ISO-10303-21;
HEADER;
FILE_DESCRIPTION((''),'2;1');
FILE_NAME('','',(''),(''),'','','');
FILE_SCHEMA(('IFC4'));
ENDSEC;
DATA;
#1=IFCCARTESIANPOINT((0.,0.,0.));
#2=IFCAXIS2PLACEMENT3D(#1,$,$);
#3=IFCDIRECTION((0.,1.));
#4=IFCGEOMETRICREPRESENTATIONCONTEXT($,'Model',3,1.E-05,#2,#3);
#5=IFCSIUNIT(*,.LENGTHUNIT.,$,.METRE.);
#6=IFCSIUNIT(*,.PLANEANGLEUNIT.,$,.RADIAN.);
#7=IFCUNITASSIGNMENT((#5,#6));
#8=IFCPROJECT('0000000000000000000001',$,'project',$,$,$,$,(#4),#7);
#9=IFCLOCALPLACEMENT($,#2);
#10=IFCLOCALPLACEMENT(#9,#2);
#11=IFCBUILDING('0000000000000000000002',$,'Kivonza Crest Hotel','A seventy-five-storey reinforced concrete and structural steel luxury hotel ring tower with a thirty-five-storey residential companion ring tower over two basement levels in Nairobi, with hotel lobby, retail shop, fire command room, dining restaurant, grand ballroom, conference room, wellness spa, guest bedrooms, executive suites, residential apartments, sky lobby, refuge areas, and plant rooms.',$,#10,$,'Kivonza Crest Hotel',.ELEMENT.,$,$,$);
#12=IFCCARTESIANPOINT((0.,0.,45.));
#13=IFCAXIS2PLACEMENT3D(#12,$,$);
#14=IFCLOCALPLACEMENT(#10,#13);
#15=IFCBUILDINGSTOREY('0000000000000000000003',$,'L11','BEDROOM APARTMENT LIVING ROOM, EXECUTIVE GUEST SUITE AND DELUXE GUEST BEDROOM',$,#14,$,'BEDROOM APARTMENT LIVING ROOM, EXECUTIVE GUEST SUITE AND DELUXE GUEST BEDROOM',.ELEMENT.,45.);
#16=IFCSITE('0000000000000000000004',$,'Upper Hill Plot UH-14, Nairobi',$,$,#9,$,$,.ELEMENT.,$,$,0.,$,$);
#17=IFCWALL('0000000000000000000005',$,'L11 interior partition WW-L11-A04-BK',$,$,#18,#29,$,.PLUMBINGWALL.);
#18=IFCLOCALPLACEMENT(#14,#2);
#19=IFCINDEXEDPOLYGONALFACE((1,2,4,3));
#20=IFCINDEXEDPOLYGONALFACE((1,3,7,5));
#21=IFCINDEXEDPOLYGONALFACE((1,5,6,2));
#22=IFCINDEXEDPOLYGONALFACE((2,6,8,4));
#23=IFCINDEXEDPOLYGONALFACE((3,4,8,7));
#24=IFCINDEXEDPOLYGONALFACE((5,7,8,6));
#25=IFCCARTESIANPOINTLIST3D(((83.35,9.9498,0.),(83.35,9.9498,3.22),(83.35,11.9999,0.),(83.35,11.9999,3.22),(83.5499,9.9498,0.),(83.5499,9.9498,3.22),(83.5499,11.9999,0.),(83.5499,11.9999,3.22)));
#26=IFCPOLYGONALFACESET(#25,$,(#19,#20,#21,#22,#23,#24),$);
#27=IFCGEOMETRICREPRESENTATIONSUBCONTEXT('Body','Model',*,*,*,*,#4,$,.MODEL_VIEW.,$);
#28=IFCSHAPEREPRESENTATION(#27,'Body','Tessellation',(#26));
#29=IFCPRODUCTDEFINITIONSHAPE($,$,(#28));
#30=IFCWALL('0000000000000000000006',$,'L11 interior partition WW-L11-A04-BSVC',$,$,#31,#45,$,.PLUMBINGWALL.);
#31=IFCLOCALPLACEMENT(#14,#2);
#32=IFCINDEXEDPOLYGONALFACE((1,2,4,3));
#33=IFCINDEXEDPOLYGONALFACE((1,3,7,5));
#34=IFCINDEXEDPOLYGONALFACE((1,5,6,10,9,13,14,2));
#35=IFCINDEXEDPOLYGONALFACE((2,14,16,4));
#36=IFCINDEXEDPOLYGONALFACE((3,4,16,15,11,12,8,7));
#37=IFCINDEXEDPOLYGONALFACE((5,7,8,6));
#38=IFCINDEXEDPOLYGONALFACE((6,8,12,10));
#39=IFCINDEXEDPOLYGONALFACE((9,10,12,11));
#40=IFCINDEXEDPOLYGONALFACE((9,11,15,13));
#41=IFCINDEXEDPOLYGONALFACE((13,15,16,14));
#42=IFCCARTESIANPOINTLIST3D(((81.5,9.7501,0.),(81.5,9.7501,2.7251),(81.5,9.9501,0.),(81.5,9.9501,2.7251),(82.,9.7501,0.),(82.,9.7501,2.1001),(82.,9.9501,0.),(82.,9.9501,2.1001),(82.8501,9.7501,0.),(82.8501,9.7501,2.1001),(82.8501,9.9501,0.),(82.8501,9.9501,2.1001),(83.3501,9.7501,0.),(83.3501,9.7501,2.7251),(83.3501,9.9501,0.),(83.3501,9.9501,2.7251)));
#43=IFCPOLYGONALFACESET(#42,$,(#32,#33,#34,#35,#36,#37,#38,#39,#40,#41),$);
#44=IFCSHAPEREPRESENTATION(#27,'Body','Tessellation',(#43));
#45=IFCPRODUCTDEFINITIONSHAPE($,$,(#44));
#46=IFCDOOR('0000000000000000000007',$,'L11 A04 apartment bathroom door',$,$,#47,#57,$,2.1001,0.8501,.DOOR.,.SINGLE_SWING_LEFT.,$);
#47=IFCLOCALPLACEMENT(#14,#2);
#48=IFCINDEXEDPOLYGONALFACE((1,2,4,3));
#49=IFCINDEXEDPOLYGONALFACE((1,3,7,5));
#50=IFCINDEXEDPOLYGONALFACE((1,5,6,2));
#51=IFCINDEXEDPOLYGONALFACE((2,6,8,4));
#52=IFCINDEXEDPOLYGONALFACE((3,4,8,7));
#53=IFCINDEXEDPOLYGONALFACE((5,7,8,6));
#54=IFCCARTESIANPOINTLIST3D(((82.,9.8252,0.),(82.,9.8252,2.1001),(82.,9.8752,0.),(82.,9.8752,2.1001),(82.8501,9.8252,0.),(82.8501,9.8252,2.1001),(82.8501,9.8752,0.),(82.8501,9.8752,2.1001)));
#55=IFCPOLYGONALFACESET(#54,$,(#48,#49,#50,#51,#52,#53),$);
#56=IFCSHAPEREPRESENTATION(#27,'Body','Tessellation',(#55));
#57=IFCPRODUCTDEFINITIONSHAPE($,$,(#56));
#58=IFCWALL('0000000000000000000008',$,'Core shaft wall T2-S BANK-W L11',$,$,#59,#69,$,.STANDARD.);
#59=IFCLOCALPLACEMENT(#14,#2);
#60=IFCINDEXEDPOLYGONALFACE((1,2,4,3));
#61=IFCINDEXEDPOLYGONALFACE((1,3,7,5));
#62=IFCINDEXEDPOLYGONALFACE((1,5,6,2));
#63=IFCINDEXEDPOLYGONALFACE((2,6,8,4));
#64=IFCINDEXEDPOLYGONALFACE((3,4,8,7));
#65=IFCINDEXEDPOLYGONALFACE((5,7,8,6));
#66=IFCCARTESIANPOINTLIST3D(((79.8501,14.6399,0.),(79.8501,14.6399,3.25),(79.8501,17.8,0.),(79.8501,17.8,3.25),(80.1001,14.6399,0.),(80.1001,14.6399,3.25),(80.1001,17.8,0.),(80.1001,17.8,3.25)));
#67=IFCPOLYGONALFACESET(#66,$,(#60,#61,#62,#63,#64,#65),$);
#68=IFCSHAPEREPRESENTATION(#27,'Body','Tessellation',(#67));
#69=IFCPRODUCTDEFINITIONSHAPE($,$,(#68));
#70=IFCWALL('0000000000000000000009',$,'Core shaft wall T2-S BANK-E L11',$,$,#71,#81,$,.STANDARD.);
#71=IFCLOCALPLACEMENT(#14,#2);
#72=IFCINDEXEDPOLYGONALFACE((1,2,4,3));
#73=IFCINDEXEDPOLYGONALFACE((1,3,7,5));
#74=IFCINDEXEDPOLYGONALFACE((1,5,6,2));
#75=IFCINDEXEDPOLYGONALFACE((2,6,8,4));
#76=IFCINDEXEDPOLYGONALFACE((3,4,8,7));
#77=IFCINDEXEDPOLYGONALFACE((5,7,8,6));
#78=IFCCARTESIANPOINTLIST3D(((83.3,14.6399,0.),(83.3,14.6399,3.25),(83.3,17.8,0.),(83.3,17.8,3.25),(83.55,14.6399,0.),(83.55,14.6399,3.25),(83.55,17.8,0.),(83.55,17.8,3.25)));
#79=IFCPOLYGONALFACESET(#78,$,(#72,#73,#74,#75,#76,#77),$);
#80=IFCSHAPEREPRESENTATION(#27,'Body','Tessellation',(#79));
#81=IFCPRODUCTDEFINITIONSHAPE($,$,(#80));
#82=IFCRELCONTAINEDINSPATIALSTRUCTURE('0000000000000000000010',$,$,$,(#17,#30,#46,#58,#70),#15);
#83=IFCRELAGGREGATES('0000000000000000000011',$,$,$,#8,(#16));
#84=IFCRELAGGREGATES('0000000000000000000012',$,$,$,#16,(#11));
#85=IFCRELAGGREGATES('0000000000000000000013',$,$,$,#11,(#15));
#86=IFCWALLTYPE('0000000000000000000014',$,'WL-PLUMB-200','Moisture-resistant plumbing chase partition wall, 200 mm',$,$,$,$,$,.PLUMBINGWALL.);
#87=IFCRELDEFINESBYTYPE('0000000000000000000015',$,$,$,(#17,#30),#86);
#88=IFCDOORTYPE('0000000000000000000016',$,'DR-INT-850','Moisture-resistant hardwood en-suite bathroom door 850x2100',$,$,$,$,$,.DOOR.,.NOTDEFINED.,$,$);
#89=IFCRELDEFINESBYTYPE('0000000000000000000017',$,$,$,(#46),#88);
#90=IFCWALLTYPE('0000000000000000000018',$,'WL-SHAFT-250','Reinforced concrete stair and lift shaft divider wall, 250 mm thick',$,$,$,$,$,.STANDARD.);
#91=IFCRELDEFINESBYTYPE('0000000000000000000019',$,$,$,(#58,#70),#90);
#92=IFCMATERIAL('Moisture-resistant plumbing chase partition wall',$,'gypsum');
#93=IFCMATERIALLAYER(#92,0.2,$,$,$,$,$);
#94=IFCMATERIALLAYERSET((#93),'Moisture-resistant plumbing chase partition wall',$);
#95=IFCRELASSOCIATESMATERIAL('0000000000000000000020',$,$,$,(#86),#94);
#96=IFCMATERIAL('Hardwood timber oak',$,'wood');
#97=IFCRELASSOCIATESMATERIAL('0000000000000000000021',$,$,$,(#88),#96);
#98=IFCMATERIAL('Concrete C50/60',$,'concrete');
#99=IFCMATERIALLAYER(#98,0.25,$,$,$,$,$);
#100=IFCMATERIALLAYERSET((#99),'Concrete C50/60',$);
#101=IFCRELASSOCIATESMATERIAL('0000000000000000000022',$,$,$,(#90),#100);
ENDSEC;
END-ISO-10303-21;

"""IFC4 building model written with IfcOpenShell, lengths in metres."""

from ifc_helpers import new_model, si_unit, direction, frame, frame_2d, origin, place, context, subcontext, project, spatial, rectangle, extrude, material, layer, layer_set, type_object, element, fill, save


model = new_model("IFC4")

# Units and contexts
model_context = context("Model", 3, precision=1e-05, world=origin(), true_north=direction((0.0, 1.0)))
body_context = subcontext(model_context, "Body", "Model", "MODEL_VIEW")
ifc_project = project(units=[si_unit("LENGTHUNIT", "METRE"), si_unit("PLANEANGLEUNIT", "RADIAN")], contexts=[model_context])

# Site, building, storey
site_placement = place(None, origin())
site = spatial("IfcSite", under=ifc_project, at=site_placement, Name="Upper Hill Plot UH-14, Nairobi", CompositionType="ELEMENT", RefElevation=0.0)
building_placement = place(site_placement, origin())
building = spatial("IfcBuilding", under=site, at=building_placement, Name="Kivonza Crest Hotel", Description="A seventy-five-storey reinforced concrete and structural steel luxury hotel ring tower with a thirty-five-storey residential companion ring tower over two basement levels in Nairobi, with hotel lobby, retail shop, fire command room, dining restaurant, grand ballroom, conference room, wellness spa, guest bedrooms, executive suites, residential apartments, sky lobby, refuge areas, and plant rooms.", LongName="Kivonza Crest Hotel", CompositionType="ELEMENT")
storey_placement = place(building_placement, frame((0.0, 0.0, 45.0)))
storey = spatial("IfcBuildingStorey", under=building, at=storey_placement, Name="L11", Description="BEDROOM APARTMENT LIVING ROOM, EXECUTIVE GUEST SUITE AND DELUXE GUEST BEDROOM", LongName="BEDROOM APARTMENT LIVING ROOM, EXECUTIVE GUEST SUITE AND DELUXE GUEST BEDROOM", CompositionType="ELEMENT", Elevation=45.0)

# Shared definitions
ifc_material_1 = material(Name="Hardwood timber oak", Category="wood")

# Shared definitions
ifc_material_2 = material(Name="Moisture-resistant plumbing chase partition wall", Category="gypsum")
ifc_layer_1 = layer(ifc_material_2, 0.2)
ifc_layer_set_1 = layer_set([ifc_layer_1], Name="Moisture-resistant plumbing chase partition wall")
wall_type_1 = type_object("IfcWallType", Name="WL-PLUMB-200", Description="Moisture-resistant plumbing chase partition wall, 200 mm", PredefinedType="PLUMBINGWALL", material=ifc_layer_set_1)

# Shared definitions
door_type_1 = type_object("IfcDoorType", Name="DR-INT-850", Description="Moisture-resistant hardwood en-suite bathroom door 850x2100", OperationType="NOTDEFINED", PredefinedType="DOOR", material=ifc_material_1)

# Wall
wall_1_placement = place(storey_placement, frame((83.45, 9.95, 0.0), z_axis=(0.0, 0.0, 1.0), x_axis=(0.0, 1.0, 0.0)))
element("IfcWall", 1, at=wall_1_placement, inside=storey, type_object=wall_type_1, Name="L11 interior partition WW-L11-A04-BK", PredefinedType="PLUMBINGWALL", context=body_context, shape_type="SweptSolid", body=[
    extrude(rectangle(XDim=2.05, YDim=0.2, at=frame_2d((1.0249, 0.0))), origin(), (0.0, 0.0, 1.0), 3.22),
])

# Wall, opening, door
wall_2_placement = place(storey_placement, frame((81.5, 9.8501, 0.0), z_axis=(0.0, 0.0, 1.0), x_axis=(1.0, 0.0, 0.0)))
wall_2 = element("IfcWall", 2, at=wall_2_placement, inside=storey, type_object=wall_type_1, Name="L11 interior partition WW-L11-A04-BSVC", PredefinedType="PLUMBINGWALL", context=body_context, shape_type="SweptSolid", body=[
    extrude(rectangle(XDim=1.8501, YDim=0.2, at=frame_2d((0.925, 0.0))), origin(), (0.0, 0.0, 1.0), 2.7251),
])
opening_1_placement = place(wall_2_placement, frame((0.5, 0.0, 0.0)))
opening_1 = element("IfcOpeningElement", 3, at=opening_1_placement, cuts=wall_2, PredefinedType="OPENING", context=body_context, shape_type="SweptSolid", body=[
    extrude(rectangle(XDim=0.8501, YDim=2.1001, at=frame_2d((0.425, 1.05))), frame((0.0, 0.1099, 0.0), z_axis=(0.0, -1.0, 0.0), x_axis=(1.0, 0.0, 0.0)), (0.0, 0.0, 1.0), 0.22),
])
door_1_placement = place(opening_1_placement, frame((0.8501, 0.0, 0.0), z_axis=(0.0, 0.0, 1.0), x_axis=(-1.0, 0.0, 0.0)))
door_1 = element("IfcDoor", 4, at=door_1_placement, inside=storey, type_object=door_type_1, Name="L11 A04 apartment bathroom door", OperationType="SINGLE_SWING_LEFT", OverallHeight=2.1001, OverallWidth=0.8501, PredefinedType="DOOR", context=body_context, shape_type="SweptSolid", body=[
    extrude(rectangle(XDim=0.8501, YDim=2.1001, at=frame_2d((0.425, 1.05))), frame((0.0, 0.0249, 0.0), z_axis=(0.0, -1.0, 0.0), x_axis=(1.0, 0.0, 0.0)), (0.0, 0.0, 1.0), 0.05),
])
fill(opening_1, door_1)
ifc_material_3 = material(Name="Concrete C50/60", Category="concrete")
ifc_layer_2 = layer(ifc_material_3, 0.25)
ifc_layer_set_2 = layer_set([ifc_layer_2], Name="Concrete C50/60")
wall_type_2 = type_object("IfcWallType", Name="WL-SHAFT-250", Description="Reinforced concrete stair and lift shaft divider wall, 250 mm thick", PredefinedType="STANDARD", material=ifc_layer_set_2)

# Walls
for number, where, z_axis, x_axis, name in (
    (5, (79.9751, 14.6399, 0.0), (0.0, 0.0, 1.0), (0.0, 1.0, 0.0), "Core shaft wall T2-S BANK-W L11"),
    (6, (83.425, 14.6399, 0.0), (0.0, 0.0, 1.0), (0.0, 1.0, 0.0), "Core shaft wall T2-S BANK-E L11"),
):
    element("IfcWall", number, at=place(storey_placement, frame(where, z_axis=z_axis, x_axis=x_axis)), inside=storey, type_object=wall_type_2, Name=name, PredefinedType="STANDARD", context=body_context, shape_type="SweptSolid", body=[
        extrude(rectangle(XDim=3.1602, YDim=0.25, at=frame_2d((1.5801, 0.0))), origin(), (0.0, 0.0, 1.0), 3.25),
    ])

save(model, "model.ifc")
